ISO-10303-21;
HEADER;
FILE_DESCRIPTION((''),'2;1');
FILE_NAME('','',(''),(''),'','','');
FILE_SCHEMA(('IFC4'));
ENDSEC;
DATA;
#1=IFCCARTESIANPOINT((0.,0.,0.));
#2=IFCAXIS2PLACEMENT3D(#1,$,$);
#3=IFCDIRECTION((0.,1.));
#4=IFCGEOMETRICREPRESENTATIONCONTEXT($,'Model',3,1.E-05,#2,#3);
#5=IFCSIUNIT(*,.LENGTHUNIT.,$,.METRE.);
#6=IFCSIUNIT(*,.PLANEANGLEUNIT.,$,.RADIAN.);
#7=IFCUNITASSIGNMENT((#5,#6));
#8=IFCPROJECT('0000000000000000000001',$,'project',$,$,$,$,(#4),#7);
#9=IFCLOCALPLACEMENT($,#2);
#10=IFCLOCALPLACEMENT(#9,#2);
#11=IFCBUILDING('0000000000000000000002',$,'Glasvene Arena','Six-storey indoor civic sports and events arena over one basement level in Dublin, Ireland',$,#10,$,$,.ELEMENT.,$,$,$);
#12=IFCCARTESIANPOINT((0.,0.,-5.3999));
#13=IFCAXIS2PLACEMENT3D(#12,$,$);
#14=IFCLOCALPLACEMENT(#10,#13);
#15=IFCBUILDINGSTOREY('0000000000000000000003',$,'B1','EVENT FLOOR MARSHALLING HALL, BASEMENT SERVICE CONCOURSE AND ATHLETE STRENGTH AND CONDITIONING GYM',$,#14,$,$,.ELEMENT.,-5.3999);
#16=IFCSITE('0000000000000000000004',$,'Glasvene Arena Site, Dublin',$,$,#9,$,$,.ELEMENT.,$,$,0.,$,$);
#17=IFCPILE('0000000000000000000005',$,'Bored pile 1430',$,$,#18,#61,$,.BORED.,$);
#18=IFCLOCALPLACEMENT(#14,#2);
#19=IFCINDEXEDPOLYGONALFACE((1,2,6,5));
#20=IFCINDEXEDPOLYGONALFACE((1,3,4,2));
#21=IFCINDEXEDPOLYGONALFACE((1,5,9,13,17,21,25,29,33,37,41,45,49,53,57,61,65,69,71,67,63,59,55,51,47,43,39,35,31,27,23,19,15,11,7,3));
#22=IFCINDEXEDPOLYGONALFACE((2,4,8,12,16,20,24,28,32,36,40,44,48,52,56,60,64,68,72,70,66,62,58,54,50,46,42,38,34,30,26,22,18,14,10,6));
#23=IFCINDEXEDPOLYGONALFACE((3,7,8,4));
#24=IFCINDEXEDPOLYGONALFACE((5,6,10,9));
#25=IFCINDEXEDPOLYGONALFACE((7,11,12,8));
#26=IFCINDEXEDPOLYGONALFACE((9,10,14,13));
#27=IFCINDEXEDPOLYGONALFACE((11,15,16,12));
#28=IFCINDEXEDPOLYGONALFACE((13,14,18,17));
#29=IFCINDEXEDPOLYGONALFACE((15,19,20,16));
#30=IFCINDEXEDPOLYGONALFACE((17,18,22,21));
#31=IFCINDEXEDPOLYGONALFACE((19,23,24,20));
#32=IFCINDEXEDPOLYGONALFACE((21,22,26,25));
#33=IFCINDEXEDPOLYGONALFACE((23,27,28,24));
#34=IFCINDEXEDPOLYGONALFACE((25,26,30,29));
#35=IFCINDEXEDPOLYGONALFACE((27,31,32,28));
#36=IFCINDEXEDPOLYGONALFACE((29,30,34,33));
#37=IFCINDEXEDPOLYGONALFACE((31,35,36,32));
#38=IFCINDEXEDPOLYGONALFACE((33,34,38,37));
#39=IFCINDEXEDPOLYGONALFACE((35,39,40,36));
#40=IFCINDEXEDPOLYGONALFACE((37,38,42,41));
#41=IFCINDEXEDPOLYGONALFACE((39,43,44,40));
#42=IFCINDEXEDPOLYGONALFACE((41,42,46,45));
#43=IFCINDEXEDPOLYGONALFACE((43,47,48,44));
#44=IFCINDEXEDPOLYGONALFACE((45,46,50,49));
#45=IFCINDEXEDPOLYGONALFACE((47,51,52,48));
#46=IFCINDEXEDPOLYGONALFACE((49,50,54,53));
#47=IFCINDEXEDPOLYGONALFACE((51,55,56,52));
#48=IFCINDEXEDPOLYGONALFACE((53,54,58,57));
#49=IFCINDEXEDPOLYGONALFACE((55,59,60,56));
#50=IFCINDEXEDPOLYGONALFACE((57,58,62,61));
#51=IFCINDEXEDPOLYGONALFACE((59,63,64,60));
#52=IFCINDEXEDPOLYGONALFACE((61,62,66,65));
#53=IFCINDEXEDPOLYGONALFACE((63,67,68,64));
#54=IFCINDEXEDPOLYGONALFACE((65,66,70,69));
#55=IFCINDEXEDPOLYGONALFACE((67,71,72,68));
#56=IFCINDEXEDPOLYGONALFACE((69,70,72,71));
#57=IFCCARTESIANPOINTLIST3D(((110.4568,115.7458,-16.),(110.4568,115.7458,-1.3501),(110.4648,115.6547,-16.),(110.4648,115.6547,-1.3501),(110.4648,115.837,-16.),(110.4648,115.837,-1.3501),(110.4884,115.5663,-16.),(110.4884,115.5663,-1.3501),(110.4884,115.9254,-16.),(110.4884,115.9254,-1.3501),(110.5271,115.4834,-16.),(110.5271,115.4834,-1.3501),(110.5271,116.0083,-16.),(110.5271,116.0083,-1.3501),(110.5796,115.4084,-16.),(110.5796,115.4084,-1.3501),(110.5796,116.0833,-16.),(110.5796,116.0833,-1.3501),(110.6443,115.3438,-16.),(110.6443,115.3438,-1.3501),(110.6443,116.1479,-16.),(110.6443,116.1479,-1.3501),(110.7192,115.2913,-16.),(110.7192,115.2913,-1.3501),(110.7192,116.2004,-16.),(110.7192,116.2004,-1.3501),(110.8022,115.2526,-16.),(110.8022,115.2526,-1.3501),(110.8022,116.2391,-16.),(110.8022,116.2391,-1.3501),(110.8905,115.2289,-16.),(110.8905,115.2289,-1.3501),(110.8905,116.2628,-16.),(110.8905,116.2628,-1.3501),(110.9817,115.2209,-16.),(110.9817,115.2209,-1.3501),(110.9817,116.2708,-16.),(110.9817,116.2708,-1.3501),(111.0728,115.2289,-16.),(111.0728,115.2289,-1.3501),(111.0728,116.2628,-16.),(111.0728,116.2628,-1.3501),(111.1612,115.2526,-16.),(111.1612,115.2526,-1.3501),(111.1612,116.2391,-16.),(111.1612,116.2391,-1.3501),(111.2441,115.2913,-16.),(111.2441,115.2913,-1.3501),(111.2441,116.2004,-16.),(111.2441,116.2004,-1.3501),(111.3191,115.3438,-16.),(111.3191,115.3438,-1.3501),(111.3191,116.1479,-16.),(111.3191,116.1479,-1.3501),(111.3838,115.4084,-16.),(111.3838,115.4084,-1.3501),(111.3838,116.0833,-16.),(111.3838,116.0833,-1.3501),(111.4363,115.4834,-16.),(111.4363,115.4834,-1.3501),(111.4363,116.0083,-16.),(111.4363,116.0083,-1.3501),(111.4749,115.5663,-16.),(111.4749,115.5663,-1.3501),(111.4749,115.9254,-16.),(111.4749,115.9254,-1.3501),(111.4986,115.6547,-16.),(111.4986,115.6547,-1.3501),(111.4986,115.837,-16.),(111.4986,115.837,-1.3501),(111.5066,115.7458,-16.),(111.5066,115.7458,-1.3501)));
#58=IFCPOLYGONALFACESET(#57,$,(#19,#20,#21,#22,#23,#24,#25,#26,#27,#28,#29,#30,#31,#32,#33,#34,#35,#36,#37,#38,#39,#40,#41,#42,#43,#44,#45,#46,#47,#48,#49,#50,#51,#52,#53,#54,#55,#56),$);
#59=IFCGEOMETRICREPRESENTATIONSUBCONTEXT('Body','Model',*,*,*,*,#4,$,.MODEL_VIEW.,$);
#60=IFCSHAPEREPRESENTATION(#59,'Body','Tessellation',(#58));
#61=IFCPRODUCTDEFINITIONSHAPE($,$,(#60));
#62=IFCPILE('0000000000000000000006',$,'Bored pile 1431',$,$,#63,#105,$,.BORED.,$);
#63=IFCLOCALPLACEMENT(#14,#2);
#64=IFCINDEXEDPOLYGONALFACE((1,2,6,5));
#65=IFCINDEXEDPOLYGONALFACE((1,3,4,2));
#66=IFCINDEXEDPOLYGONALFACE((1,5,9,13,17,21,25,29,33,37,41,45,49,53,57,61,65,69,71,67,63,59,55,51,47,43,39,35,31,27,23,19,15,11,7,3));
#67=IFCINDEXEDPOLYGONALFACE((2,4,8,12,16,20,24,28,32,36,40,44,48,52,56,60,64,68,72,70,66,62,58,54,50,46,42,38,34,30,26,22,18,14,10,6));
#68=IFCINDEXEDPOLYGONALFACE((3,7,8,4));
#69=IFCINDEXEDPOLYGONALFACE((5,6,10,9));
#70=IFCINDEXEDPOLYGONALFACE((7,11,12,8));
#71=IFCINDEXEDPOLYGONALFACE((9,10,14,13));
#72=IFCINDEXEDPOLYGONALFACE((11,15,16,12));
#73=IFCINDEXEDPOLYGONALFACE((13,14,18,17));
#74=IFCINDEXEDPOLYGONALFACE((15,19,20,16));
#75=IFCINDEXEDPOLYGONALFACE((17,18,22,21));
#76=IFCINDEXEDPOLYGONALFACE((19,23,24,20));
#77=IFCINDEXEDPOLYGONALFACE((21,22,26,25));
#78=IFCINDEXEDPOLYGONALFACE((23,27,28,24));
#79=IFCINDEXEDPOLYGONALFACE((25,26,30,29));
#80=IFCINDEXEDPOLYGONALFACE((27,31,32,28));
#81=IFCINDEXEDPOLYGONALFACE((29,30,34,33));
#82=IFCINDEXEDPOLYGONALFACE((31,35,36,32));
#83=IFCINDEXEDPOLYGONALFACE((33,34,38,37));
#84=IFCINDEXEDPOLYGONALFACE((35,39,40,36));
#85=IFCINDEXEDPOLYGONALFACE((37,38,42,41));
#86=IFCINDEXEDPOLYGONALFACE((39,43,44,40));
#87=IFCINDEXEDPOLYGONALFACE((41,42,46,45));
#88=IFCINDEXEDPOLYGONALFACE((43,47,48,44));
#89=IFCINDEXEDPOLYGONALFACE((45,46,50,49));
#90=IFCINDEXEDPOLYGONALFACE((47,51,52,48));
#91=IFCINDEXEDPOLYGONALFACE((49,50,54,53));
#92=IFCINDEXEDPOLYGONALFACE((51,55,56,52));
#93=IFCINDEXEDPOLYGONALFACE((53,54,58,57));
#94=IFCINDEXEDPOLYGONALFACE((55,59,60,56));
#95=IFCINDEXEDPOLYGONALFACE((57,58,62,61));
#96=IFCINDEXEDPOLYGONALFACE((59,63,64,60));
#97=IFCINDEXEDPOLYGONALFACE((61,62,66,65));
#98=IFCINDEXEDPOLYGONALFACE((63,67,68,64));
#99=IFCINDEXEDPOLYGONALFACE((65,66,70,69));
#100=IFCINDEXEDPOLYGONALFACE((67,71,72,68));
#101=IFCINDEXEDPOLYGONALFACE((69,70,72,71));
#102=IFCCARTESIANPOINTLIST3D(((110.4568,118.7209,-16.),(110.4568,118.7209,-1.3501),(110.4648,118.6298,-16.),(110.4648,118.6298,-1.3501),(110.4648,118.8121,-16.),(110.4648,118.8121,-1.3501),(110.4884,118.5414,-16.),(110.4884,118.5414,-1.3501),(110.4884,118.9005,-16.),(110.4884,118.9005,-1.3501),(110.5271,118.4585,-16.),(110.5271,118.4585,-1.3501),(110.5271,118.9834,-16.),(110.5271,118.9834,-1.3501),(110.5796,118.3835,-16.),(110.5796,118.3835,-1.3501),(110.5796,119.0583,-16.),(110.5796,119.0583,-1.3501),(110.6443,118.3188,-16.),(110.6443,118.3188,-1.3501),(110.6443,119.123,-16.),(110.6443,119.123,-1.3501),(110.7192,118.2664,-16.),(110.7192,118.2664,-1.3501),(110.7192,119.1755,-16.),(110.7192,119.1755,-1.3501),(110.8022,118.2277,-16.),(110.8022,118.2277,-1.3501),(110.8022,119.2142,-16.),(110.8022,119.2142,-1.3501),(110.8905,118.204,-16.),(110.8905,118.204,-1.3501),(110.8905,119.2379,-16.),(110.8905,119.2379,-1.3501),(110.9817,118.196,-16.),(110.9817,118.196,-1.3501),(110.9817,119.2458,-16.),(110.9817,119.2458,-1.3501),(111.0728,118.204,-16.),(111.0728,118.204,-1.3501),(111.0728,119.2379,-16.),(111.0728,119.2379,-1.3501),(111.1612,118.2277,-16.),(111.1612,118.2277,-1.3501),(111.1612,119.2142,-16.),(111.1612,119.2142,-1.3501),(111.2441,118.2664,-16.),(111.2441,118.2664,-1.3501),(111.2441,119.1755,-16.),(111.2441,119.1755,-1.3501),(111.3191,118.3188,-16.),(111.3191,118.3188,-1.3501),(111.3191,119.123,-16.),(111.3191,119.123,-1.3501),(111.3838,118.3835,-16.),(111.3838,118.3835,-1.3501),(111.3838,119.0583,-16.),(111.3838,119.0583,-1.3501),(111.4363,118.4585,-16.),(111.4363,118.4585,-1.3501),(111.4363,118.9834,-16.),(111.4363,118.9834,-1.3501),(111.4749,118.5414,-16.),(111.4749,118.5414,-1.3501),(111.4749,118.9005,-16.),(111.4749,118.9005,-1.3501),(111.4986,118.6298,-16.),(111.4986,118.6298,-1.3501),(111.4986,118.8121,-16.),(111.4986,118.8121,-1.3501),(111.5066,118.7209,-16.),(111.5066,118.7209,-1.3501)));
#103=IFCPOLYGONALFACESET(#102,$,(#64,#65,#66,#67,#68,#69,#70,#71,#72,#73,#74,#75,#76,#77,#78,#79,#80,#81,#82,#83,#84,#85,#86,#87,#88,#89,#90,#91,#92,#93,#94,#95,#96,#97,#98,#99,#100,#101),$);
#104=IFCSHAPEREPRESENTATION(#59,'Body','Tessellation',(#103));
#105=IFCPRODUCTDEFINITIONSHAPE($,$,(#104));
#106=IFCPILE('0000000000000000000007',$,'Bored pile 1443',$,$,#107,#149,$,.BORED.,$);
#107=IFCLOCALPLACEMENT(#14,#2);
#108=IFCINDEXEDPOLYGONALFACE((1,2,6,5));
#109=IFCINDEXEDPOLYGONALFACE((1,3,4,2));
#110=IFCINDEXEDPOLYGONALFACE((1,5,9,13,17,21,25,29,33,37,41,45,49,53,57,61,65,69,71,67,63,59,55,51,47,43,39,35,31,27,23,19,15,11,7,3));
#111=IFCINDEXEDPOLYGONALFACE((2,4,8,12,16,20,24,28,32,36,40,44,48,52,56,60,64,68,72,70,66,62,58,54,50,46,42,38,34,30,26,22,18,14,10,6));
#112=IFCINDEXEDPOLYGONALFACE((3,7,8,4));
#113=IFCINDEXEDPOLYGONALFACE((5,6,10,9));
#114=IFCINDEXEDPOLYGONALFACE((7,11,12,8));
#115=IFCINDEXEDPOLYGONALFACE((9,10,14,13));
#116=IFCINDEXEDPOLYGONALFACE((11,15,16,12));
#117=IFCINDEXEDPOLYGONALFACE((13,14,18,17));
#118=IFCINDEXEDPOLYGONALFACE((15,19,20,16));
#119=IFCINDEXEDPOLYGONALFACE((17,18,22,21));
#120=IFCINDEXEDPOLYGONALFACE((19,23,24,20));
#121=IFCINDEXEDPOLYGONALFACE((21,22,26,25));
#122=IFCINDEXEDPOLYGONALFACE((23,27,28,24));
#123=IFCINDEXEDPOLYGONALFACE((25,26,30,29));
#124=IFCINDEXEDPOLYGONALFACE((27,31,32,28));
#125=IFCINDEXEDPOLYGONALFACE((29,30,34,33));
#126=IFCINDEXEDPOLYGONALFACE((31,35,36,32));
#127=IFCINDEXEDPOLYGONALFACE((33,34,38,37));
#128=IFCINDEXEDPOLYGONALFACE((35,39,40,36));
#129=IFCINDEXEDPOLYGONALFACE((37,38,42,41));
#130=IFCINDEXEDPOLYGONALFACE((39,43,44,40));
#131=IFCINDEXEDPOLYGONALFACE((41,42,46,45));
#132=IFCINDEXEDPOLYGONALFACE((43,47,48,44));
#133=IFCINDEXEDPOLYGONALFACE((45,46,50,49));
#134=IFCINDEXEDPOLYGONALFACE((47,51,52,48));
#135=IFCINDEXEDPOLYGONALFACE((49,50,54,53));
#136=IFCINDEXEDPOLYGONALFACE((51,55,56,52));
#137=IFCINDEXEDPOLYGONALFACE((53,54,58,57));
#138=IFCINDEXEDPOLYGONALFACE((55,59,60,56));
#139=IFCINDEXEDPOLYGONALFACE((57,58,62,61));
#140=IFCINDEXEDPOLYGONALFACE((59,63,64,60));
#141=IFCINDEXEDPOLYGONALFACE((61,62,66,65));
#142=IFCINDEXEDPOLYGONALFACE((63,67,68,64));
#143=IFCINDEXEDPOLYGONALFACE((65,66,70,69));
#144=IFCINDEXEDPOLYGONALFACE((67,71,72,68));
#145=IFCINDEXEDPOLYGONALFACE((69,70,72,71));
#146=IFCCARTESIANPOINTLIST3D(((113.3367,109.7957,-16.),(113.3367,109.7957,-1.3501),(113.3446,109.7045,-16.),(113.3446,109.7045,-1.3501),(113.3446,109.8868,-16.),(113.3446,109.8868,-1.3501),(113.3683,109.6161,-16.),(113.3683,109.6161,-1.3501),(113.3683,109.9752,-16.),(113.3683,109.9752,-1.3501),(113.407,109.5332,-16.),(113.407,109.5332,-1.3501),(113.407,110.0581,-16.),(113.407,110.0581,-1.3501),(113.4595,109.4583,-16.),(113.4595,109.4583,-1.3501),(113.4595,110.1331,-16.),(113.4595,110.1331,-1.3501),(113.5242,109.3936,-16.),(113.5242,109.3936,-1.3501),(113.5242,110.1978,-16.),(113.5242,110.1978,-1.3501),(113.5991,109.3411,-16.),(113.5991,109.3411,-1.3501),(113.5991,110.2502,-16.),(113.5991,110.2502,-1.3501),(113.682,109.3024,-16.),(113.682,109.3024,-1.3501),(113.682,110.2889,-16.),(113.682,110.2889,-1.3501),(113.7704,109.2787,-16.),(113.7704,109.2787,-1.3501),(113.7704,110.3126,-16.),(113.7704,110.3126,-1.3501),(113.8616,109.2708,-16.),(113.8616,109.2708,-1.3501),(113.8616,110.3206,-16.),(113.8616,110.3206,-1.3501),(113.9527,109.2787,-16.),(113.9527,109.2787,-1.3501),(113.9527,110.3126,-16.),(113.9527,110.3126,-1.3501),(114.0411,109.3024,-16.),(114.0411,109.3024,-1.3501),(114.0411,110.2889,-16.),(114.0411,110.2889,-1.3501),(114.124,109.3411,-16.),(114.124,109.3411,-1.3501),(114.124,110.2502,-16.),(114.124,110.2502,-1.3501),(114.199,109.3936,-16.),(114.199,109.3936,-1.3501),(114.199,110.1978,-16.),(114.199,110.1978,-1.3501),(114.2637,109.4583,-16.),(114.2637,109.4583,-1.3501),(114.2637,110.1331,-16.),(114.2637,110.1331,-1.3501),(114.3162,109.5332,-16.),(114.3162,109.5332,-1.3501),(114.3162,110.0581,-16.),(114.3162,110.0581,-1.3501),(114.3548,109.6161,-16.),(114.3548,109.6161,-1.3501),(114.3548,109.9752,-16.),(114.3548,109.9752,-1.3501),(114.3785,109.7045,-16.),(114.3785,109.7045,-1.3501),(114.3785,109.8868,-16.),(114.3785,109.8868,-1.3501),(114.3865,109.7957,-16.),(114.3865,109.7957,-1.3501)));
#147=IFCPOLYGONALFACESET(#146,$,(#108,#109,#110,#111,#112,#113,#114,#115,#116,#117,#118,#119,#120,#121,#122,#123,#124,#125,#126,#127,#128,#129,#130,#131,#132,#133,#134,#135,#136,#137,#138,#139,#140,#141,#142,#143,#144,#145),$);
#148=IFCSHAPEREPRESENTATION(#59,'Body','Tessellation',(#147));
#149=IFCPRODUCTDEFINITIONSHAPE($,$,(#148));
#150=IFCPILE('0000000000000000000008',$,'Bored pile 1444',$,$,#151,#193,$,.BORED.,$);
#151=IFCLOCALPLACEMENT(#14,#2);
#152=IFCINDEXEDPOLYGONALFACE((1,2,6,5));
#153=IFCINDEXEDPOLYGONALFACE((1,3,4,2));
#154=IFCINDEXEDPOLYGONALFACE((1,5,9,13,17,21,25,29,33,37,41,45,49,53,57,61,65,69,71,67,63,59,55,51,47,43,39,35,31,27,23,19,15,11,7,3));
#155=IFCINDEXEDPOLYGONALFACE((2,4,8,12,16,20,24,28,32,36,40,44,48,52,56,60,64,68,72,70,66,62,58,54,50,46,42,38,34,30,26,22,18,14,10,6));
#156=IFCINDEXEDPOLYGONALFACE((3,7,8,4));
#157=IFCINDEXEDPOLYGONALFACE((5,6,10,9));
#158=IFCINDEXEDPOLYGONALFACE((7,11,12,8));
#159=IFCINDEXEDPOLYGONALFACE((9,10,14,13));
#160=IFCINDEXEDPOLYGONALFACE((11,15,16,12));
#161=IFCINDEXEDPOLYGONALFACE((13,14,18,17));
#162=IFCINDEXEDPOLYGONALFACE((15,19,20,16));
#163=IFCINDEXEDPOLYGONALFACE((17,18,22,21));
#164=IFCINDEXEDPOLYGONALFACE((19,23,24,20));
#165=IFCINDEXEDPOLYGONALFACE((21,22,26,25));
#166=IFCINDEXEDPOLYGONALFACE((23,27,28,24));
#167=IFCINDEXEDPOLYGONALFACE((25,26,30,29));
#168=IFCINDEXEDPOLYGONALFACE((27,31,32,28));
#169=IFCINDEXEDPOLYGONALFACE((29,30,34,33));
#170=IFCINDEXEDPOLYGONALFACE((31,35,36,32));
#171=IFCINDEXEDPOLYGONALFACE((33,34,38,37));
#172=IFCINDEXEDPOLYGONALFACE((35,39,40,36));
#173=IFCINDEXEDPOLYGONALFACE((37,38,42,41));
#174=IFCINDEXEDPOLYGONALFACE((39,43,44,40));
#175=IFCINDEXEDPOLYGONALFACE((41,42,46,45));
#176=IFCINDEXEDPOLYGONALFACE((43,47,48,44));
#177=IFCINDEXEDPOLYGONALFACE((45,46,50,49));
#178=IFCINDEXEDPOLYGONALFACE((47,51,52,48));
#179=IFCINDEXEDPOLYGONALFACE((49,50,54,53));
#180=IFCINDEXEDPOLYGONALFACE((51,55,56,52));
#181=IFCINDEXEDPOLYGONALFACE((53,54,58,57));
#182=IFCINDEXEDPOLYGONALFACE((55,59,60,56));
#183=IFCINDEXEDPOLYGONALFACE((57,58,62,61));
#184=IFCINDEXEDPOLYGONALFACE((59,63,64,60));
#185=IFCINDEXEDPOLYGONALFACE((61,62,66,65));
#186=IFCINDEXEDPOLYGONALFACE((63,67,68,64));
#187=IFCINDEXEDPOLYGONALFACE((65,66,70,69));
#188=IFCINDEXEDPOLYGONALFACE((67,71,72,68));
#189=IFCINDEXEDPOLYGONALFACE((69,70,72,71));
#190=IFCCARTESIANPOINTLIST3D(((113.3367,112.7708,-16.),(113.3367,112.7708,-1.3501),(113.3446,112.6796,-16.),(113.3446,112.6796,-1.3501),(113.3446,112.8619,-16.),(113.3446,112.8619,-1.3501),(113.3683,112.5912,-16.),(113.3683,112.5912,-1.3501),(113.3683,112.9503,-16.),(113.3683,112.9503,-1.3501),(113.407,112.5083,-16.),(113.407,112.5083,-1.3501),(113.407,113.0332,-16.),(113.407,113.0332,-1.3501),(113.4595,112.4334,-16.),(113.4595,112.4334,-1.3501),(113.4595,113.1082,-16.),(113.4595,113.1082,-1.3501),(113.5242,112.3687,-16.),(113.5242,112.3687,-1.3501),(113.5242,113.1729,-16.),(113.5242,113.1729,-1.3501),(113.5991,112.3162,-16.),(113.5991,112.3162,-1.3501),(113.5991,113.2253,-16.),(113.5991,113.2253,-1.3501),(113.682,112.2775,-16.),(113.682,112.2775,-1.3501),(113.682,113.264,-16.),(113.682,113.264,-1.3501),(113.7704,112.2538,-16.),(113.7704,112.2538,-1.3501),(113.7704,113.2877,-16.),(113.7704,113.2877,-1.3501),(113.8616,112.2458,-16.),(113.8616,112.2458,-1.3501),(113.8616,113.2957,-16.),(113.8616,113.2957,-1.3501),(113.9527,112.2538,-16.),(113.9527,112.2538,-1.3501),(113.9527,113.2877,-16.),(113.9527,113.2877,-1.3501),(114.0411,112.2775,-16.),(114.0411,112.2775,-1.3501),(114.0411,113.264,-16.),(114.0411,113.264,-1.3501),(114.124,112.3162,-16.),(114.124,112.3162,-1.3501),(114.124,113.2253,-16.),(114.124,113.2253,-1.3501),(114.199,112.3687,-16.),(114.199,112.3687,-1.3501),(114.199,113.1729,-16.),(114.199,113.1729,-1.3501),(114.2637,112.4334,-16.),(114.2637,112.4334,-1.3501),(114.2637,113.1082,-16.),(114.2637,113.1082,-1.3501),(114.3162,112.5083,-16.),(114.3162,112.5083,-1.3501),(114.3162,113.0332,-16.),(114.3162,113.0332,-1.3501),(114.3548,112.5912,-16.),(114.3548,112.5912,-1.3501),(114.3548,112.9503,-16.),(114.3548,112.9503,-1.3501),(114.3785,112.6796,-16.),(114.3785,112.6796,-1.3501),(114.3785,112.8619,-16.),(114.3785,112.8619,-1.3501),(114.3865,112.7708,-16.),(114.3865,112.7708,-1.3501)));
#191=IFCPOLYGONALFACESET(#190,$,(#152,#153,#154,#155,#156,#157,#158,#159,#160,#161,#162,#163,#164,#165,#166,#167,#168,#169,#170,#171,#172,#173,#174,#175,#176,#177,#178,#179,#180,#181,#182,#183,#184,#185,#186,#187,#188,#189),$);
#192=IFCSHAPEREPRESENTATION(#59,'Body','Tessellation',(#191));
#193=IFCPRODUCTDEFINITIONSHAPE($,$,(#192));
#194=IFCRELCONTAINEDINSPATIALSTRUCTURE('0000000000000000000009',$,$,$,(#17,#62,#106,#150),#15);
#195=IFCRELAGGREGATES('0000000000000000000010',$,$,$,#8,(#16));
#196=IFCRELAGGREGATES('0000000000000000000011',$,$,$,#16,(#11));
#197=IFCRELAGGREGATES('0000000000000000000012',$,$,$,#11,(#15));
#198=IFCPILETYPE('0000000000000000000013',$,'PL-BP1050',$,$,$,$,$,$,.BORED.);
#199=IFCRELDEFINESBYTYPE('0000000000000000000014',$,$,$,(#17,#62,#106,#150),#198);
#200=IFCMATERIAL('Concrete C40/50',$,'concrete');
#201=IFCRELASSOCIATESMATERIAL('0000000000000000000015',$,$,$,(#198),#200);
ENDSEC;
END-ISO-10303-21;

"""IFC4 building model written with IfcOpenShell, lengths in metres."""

from ifc_helpers import new_model, si_unit, direction, frame, origin, origin_2d, place, context, subcontext, project, spatial, circle, extrude, material, material_profile, profile_set, type_object, element, save


model = new_model("IFC4")

# Units and contexts
model_context = context("Model", 3, precision=1e-05, world=origin(), true_north=direction((0.0, 1.0)))
body_context = subcontext(model_context, "Body", "Model", "MODEL_VIEW")
ifc_project = project(units=[si_unit("LENGTHUNIT", "METRE"), si_unit("PLANEANGLEUNIT", "RADIAN")], contexts=[model_context])

# Site, building, storey
site_placement = place(None, origin())
site = spatial("IfcSite", under=ifc_project, at=site_placement, Name="Glasvene Arena Site, Dublin", CompositionType="ELEMENT", RefElevation=0.0)
building_placement = place(site_placement, origin())
building = spatial("IfcBuilding", under=site, at=building_placement, Name="Glasvene Arena", Description="Six-storey indoor civic sports and events arena over one basement level in Dublin, Ireland", CompositionType="ELEMENT")
storey_placement = place(building_placement, frame((0.0, 0.0, -5.3999)))
storey = spatial("IfcBuildingStorey", under=building, at=storey_placement, Name="B1", Description="EVENT FLOOR MARSHALLING HALL, BASEMENT SERVICE CONCOURSE AND ATHLETE STRENGTH AND CONDITIONING GYM", CompositionType="ELEMENT", Elevation=-5.3999)

# Piles
ifc_material_1 = material(Name="Concrete C40/50", Category="concrete")
ifc_material_profile_1 = material_profile(ifc_material_1, circle(Radius=0.5249, at=origin_2d()), Name="BORED PILE 1050")
ifc_profile_set_1 = profile_set([ifc_material_profile_1], Name="Concrete C40/50")
pile_type = type_object("IfcPileType", Name="PL-BP1050", PredefinedType="BORED", material=ifc_profile_set_1)
for number, where, z_axis, x_axis, name in (
    (1, (110.9817, 115.7458, -1.3501), (0.0, 0.0, -1.0), (1.0, 0.0, 0.0), "Bored pile 1430"),
    (2, (110.9817, 118.7209, -1.3501), (0.0, 0.0, -1.0), (1.0, 0.0, 0.0), "Bored pile 1431"),
    (3, (113.8616, 109.7957, -1.3501), (0.0, 0.0, -1.0), (1.0, 0.0, 0.0), "Bored pile 1443"),
    (4, (113.8616, 112.7708, -1.3501), (0.0, 0.0, -1.0), (1.0, 0.0, 0.0), "Bored pile 1444"),
):
    element("IfcPile", number, at=place(storey_placement, frame(where, z_axis=z_axis, x_axis=x_axis)), inside=storey, type_object=pile_type, Name=name, PredefinedType="BORED", context=body_context, shape_type="SweptSolid", body=[
        extrude(circle(Radius=0.5249, at=origin_2d()), origin(), (0.0, 0.0, 1.0), 14.6499),
    ])

save(model, "model.ifc")
